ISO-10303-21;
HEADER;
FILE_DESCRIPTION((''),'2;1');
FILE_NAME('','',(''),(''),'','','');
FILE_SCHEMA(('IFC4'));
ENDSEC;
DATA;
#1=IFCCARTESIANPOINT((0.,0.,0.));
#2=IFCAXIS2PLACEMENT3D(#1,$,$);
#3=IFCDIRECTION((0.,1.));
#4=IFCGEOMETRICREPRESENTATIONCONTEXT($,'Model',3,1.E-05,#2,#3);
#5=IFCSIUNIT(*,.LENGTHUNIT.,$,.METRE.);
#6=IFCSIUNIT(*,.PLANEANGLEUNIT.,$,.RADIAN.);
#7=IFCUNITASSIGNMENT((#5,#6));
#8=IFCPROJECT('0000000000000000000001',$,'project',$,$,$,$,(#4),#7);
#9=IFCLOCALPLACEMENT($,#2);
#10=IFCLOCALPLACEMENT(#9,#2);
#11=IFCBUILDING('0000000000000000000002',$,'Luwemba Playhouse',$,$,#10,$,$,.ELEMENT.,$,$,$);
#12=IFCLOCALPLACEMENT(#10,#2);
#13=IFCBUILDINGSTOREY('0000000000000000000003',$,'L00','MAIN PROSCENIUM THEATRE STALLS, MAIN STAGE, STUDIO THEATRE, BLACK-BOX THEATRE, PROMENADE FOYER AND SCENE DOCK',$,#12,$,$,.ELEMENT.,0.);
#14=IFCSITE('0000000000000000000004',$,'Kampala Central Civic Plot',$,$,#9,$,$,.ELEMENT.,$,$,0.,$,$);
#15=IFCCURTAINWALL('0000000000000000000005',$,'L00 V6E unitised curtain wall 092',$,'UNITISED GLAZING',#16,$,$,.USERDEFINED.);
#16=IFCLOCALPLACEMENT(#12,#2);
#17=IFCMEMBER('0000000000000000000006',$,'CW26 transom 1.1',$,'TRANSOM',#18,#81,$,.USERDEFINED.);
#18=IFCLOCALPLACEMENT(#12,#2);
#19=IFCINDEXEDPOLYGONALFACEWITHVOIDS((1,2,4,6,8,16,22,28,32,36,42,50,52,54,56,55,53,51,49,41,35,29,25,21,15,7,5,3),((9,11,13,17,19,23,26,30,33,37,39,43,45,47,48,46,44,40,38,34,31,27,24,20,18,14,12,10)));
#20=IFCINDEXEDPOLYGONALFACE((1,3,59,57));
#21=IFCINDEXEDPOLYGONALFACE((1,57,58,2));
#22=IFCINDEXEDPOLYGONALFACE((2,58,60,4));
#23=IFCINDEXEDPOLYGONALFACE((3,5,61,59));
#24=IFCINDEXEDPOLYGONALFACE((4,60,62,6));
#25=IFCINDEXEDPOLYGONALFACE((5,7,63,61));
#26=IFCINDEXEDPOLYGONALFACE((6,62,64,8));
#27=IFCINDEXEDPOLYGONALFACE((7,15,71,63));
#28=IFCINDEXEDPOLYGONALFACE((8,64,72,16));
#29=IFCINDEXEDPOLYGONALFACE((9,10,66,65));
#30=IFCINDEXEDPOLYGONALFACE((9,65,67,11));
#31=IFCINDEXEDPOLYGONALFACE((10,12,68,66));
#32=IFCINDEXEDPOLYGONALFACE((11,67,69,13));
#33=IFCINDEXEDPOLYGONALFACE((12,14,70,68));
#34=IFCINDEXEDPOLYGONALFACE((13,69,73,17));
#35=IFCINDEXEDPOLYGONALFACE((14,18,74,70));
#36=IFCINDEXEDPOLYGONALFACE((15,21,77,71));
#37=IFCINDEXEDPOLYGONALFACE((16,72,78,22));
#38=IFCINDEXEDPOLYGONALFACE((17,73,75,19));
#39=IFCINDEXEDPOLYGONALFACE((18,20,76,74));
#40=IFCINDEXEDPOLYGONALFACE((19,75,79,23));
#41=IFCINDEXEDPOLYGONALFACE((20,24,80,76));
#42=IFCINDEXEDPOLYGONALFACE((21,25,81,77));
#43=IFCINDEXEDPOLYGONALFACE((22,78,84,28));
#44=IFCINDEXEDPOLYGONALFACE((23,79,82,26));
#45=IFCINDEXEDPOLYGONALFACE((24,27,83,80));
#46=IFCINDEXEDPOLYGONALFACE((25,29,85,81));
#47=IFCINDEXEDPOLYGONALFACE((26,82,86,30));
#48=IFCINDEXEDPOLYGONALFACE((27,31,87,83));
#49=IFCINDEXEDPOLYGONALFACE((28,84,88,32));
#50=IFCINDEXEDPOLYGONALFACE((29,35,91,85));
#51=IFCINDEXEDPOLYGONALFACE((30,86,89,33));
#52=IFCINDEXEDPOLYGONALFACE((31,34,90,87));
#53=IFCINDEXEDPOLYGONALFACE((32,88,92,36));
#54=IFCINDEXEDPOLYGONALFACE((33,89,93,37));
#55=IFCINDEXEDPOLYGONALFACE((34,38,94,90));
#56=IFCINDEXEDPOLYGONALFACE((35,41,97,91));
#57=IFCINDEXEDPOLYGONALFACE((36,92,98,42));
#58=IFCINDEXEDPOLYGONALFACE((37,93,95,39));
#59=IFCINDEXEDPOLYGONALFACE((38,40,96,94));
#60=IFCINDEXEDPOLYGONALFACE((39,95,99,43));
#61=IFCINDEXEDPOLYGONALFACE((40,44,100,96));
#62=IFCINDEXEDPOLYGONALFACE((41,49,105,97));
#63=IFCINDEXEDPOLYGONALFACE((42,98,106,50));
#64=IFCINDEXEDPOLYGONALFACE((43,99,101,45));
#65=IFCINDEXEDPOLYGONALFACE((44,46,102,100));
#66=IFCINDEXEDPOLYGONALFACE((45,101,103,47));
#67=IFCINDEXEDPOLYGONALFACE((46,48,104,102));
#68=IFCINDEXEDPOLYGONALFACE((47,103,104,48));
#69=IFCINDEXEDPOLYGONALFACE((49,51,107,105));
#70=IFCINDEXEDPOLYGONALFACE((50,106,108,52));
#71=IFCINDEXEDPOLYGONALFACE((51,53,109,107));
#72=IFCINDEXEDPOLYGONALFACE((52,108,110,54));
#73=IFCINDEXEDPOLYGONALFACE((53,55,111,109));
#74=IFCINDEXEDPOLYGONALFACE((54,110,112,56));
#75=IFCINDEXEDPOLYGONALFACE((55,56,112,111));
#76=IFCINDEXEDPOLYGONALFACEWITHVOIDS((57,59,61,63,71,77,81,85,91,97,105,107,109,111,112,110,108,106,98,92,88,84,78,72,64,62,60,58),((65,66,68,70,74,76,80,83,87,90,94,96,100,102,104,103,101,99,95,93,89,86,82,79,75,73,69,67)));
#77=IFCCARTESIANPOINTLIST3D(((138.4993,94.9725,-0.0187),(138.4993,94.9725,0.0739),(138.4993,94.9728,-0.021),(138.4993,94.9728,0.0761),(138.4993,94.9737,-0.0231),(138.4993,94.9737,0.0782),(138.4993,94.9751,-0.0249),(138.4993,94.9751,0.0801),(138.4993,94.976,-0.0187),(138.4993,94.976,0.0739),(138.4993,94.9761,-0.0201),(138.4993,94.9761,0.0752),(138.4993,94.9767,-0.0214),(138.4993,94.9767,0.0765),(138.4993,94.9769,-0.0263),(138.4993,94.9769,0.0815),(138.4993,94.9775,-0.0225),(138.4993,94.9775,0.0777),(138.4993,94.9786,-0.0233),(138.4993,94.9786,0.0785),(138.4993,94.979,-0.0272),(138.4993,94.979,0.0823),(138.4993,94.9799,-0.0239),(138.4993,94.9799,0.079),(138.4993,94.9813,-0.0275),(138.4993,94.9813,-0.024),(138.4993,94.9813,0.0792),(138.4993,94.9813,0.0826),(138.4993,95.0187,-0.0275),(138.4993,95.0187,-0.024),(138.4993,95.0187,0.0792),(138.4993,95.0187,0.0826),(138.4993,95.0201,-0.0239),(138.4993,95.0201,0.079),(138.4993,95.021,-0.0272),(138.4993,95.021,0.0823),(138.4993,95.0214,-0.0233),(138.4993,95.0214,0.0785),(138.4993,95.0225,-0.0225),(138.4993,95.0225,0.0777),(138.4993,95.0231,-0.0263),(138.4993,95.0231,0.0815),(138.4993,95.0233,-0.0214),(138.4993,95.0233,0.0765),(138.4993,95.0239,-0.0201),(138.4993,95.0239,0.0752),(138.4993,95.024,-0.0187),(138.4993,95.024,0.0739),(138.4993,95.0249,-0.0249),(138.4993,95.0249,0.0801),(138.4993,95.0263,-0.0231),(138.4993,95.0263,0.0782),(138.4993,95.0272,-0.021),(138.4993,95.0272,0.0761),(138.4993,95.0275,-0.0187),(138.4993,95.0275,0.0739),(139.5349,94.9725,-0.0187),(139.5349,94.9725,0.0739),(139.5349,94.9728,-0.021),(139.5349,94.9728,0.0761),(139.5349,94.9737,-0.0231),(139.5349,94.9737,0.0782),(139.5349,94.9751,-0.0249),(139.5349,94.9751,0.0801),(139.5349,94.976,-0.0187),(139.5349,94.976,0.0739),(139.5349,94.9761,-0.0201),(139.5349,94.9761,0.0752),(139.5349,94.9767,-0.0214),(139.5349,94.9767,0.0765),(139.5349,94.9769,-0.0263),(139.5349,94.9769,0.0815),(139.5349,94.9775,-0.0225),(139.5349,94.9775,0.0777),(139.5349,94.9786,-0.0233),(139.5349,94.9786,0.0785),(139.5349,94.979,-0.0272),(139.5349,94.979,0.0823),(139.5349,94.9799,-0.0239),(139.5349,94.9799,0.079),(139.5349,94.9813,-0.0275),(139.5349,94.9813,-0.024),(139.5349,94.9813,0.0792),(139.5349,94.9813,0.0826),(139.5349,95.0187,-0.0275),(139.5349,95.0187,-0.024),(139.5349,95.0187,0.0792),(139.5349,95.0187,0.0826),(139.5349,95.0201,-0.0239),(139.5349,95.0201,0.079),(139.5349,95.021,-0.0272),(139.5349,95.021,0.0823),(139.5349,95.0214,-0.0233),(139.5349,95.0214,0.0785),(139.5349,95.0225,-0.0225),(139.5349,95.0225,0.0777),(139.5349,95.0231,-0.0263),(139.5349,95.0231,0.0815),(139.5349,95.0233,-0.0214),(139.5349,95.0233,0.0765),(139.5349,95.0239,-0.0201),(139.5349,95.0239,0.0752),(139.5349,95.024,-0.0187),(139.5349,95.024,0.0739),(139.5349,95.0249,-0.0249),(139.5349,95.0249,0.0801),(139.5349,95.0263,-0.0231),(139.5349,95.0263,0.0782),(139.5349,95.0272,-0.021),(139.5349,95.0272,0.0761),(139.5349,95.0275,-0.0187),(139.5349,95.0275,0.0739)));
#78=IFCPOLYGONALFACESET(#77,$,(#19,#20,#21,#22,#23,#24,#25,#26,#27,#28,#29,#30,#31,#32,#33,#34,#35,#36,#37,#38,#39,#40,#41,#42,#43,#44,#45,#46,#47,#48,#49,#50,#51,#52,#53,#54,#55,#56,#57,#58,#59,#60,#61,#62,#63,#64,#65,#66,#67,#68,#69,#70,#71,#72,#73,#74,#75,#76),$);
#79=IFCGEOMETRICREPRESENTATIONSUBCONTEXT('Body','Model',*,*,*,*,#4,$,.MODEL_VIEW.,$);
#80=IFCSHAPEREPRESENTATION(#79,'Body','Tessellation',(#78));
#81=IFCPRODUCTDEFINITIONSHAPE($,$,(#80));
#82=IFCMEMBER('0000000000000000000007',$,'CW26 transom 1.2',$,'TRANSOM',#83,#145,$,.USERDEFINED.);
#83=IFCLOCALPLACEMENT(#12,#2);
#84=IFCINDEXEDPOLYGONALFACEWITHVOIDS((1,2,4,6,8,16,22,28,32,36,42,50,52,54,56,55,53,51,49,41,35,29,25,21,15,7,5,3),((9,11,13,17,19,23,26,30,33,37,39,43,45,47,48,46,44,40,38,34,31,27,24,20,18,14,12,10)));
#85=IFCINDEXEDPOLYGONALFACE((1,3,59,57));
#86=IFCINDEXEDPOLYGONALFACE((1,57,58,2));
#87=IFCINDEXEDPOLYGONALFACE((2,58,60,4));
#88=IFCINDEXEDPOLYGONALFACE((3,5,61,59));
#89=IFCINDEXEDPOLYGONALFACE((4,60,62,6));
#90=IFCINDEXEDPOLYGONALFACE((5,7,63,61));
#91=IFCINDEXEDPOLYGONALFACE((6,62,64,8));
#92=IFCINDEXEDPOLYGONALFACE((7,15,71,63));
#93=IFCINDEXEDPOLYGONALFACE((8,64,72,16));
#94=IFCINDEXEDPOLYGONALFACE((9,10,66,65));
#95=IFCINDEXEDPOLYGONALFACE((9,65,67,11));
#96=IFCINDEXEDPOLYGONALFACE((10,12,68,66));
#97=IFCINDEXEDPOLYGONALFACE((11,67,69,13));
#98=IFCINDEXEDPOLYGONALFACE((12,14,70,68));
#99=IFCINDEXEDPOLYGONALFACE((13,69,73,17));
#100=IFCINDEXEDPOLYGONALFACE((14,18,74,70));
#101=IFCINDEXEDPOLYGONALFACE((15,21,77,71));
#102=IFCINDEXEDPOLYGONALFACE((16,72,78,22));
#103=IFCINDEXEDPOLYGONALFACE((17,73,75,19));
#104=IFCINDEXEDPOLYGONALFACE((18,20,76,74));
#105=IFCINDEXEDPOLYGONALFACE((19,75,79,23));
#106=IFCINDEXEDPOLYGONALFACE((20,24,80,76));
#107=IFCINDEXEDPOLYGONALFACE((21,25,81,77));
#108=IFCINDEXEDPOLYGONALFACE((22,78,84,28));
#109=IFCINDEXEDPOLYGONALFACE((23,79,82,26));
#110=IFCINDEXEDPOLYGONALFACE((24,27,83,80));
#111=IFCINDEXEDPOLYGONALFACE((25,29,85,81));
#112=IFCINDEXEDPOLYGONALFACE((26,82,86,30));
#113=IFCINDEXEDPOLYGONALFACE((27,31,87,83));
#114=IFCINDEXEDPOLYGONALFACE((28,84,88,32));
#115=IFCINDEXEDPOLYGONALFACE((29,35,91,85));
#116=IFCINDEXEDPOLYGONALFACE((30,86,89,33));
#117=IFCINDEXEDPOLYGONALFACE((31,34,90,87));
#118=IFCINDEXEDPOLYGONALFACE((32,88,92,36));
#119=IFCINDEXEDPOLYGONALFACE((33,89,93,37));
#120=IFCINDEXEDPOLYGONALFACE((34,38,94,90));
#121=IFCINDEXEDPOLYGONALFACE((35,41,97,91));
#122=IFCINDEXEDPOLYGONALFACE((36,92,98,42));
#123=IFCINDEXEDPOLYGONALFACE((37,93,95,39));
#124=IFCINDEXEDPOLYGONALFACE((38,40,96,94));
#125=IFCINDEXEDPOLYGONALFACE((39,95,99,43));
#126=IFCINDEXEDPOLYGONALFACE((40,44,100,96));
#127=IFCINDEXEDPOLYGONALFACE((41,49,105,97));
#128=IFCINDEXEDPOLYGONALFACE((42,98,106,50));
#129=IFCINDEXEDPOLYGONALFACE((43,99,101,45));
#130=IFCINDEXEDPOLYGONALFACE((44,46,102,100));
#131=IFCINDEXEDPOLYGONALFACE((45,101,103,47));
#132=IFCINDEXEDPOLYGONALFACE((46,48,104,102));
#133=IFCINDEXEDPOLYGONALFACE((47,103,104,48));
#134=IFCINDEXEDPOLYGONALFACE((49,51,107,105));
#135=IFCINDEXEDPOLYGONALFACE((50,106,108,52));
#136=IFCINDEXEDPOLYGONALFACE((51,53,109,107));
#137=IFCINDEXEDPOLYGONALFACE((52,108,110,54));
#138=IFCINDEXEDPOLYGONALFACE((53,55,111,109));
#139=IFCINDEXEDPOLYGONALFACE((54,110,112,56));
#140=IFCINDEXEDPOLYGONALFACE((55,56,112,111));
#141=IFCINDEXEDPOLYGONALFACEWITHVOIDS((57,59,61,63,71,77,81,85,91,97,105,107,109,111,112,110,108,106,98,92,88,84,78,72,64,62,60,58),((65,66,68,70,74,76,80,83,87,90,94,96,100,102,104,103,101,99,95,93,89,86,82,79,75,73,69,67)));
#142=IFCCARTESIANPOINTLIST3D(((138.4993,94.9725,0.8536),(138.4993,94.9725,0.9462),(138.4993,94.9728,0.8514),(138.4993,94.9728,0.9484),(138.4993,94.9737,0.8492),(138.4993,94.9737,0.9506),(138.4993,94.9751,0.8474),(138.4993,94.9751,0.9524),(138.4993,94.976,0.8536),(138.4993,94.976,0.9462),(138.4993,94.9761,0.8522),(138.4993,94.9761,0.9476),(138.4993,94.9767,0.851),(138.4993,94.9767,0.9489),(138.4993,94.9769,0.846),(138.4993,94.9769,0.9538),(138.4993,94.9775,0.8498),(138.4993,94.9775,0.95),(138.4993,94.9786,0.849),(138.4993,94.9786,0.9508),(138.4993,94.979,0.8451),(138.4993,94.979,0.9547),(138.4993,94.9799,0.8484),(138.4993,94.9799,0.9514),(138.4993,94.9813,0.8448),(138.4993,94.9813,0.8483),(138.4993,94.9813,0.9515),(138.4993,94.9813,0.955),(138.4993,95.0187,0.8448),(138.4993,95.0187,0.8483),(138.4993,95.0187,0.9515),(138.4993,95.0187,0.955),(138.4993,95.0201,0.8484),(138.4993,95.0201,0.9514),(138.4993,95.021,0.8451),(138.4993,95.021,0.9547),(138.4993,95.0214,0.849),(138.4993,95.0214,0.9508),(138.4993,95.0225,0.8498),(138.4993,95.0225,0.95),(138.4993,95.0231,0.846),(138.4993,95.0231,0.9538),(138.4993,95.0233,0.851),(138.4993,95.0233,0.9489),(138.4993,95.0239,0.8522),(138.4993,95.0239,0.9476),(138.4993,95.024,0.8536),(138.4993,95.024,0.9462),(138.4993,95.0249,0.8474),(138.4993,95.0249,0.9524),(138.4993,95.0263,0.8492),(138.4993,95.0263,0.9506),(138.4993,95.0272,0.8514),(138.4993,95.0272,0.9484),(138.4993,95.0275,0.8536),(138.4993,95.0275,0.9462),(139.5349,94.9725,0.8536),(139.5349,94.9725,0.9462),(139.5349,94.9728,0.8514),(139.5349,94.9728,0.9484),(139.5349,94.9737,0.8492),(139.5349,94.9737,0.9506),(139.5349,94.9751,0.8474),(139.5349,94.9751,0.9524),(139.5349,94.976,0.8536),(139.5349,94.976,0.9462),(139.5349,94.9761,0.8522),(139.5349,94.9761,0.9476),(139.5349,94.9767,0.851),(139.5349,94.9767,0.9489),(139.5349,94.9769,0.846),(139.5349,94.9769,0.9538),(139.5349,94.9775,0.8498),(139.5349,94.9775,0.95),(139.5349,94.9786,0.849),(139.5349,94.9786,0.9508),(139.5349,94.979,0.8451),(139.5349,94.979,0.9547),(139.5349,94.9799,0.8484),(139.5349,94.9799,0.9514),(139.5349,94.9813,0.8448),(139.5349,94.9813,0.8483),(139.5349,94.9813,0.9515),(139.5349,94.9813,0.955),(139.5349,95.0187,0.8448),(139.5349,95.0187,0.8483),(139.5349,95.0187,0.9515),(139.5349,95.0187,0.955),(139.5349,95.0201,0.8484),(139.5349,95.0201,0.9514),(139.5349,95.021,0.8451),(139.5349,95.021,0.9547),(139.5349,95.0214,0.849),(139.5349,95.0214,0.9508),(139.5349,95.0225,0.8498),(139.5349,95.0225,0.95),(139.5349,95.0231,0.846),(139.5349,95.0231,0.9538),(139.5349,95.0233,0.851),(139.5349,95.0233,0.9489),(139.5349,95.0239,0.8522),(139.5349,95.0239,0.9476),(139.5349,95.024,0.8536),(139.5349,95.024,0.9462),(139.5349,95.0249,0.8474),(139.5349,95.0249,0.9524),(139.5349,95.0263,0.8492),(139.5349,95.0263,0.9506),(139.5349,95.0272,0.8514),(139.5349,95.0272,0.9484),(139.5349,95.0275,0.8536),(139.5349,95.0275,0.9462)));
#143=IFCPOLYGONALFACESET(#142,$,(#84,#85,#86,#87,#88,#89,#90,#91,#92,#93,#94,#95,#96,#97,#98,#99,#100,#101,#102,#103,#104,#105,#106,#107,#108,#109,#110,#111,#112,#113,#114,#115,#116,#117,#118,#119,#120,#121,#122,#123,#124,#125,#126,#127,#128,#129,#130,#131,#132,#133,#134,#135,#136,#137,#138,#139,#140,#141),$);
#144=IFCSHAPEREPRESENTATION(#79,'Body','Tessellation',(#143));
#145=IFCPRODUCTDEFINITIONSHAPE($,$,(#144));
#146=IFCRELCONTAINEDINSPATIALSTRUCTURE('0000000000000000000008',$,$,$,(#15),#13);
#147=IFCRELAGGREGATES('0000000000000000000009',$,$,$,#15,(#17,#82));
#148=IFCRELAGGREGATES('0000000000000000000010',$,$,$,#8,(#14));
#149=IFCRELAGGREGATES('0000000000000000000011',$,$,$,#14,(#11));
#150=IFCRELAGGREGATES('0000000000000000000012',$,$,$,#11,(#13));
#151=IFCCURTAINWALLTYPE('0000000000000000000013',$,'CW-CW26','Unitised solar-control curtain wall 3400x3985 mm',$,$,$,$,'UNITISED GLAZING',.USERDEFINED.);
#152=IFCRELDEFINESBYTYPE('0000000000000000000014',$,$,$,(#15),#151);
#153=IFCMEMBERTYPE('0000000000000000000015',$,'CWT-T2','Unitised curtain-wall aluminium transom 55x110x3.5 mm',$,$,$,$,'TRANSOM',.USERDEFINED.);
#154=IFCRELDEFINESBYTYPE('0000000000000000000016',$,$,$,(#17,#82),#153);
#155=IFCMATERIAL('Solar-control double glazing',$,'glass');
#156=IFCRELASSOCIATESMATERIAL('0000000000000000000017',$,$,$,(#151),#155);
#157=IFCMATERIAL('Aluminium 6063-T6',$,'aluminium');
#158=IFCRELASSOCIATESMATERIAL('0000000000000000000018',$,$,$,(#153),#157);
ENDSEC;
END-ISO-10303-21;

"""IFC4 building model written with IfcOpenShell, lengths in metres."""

from ifc_helpers import new_model, si_unit, direction, frame, origin, origin_2d, place, context, subcontext, project, spatial, hollow_rectangle, extrude, material, material_profile, profile_set, type_object, element, aggregate, save


model = new_model("IFC4")

# Units and contexts
model_context = context("Model", 3, precision=1e-05, world=origin(), true_north=direction((0.0, 1.0)))
body_context = subcontext(model_context, "Body", "Model", "MODEL_VIEW")
ifc_project = project(units=[si_unit("LENGTHUNIT", "METRE"), si_unit("PLANEANGLEUNIT", "RADIAN")], contexts=[model_context])

# Site, building, storey
site_placement = place(None, origin())
site = spatial("IfcSite", under=ifc_project, at=site_placement, Name="Kampala Central Civic Plot", CompositionType="ELEMENT", RefElevation=0.0)
building_placement = place(site_placement, origin())
building = spatial("IfcBuilding", under=site, at=building_placement, Name="Luwemba Playhouse", CompositionType="ELEMENT")
storey_placement = place(building_placement, origin())
storey = spatial("IfcBuildingStorey", under=building, at=storey_placement, Name="L00", Description="MAIN PROSCENIUM THEATRE STALLS, MAIN STAGE, STUDIO THEATRE, BLACK-BOX THEATRE, PROMENADE FOYER AND SCENE DOCK", CompositionType="ELEMENT", Elevation=0.0)

# Shared definitions
ifc_material_1 = material(Name="Solar-control double glazing", Category="glass")
ifc_material_2 = material(Name="Aluminium 6063-T6", Category="aluminium")

# Curtain wall, members
curtain_wall_type_1 = type_object("IfcCurtainWallType", Name="CW-CW26", Description="Unitised solar-control curtain wall 3400x3985 mm", ElementType="UNITISED GLAZING", PredefinedType="USERDEFINED", material=ifc_material_1)
curtain_wall_1_placement = place(storey_placement, origin())
curtain_wall_1 = element("IfcCurtainWall", 1, at=curtain_wall_1_placement, inside=storey, type_object=curtain_wall_type_1, Name="L00 V6E unitised curtain wall 092", ObjectType="UNITISED GLAZING", PredefinedType="USERDEFINED")
ifc_material_profile_1 = material_profile(ifc_material_2, hollow_rectangle(XDim=0.0549, YDim=0.1101, WallThickness=0.0034, InnerFilletRadius=0.0054, OuterFilletRadius=0.0088, at=origin_2d()))
ifc_profile_set_1 = profile_set([ifc_material_profile_1], Name="Aluminium 6063-T6")
member_type_1 = type_object("IfcMemberType", Name="CWT-T2", Description="Unitised curtain-wall aluminium transom 55x110x3.5 mm", ElementType="TRANSOM", PredefinedType="USERDEFINED", material=ifc_profile_set_1)
member_1_placement = place(storey_placement, frame((139.5349, 95.0, 0.0276), z_axis=(-1.0, 0.0, 0.0), x_axis=(0.0, -1.0, 0.0)))
member_1 = element("IfcMember", 2, at=member_1_placement, type_object=member_type_1, Name="CW26 transom 1.1", ObjectType="TRANSOM", PredefinedType="USERDEFINED", context=body_context, shape_type="SweptSolid", body=[
    extrude(hollow_rectangle(XDim=0.0549, YDim=0.1101, WallThickness=0.0034, InnerFilletRadius=0.0054, OuterFilletRadius=0.0088, at=origin_2d()), origin(), (0.0, 0.0, 1.0), 1.0356),
])
member_2_placement = place(storey_placement, frame((139.5349, 95.0, 0.8999), z_axis=(-1.0, 0.0, 0.0), x_axis=(0.0, -1.0, 0.0)))
member_2 = element("IfcMember", 3, at=member_2_placement, type_object=member_type_1, Name="CW26 transom 1.2", ObjectType="TRANSOM", PredefinedType="USERDEFINED", context=body_context, shape_type="SweptSolid", body=[
    extrude(hollow_rectangle(XDim=0.0549, YDim=0.1101, WallThickness=0.0034, InnerFilletRadius=0.0054, OuterFilletRadius=0.0088, at=origin_2d()), origin(), (0.0, 0.0, 1.0), 1.0356),
])

aggregate(curtain_wall_1, [member_1, member_2])

save(model, "model.ifc")
